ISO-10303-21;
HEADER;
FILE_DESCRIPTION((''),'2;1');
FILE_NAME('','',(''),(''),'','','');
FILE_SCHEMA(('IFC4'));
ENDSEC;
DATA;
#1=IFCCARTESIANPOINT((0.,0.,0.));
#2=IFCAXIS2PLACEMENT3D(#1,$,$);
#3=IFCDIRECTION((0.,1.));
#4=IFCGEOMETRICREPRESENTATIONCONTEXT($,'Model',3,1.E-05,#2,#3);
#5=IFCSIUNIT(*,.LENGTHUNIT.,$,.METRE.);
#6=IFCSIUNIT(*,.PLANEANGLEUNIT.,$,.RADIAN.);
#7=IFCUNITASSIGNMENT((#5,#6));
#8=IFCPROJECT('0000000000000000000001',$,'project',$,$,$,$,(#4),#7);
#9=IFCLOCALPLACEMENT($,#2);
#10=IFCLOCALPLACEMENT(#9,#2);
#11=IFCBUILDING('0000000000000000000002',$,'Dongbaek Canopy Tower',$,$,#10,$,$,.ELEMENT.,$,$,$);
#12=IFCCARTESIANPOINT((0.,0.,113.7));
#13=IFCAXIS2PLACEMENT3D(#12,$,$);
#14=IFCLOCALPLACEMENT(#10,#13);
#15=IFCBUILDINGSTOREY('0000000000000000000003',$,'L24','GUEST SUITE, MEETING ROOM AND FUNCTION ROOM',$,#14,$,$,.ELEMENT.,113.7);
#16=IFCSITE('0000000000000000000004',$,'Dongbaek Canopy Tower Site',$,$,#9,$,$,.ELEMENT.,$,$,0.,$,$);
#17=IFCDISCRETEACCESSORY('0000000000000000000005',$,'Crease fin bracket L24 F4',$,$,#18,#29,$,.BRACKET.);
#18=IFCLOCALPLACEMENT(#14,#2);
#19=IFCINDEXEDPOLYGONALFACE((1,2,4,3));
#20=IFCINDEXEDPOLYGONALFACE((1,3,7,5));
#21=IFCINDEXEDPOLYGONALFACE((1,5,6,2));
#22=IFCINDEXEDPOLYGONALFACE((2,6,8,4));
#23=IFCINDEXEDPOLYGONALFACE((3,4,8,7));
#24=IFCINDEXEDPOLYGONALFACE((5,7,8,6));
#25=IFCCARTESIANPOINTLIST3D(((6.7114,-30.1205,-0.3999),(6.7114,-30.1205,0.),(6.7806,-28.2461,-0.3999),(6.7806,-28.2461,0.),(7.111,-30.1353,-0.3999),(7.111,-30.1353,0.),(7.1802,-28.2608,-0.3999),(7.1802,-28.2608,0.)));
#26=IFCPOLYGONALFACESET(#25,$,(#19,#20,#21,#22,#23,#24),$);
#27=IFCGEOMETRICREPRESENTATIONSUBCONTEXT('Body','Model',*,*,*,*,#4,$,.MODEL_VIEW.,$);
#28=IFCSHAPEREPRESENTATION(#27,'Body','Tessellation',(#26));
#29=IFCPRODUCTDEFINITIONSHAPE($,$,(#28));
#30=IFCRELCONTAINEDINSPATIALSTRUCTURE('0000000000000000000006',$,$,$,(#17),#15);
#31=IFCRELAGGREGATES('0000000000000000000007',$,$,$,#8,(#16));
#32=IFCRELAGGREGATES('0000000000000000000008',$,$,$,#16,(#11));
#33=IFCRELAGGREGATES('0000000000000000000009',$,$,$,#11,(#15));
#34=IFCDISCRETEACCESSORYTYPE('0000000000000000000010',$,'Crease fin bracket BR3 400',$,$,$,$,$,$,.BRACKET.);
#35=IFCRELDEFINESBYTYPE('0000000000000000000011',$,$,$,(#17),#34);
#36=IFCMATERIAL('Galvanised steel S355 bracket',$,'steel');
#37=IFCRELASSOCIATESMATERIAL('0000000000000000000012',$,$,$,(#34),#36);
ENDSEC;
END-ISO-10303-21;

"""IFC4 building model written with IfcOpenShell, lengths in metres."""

from ifc_helpers import new_model, si_unit, direction, frame, origin, origin_2d, place, context, subcontext, project, spatial, rectangle, extrude, material, type_object, element, save


model = new_model("IFC4")

# Units and contexts
model_context = context("Model", 3, precision=1e-05, world=origin(), true_north=direction((0.0, 1.0)))
body_context = subcontext(model_context, "Body", "Model", "MODEL_VIEW")
ifc_project = project(units=[si_unit("LENGTHUNIT", "METRE"), si_unit("PLANEANGLEUNIT", "RADIAN")], contexts=[model_context])

# Site, building, storey
site_placement = place(None, origin())
site = spatial("IfcSite", under=ifc_project, at=site_placement, Name="Dongbaek Canopy Tower Site", CompositionType="ELEMENT", RefElevation=0.0)
building_placement = place(site_placement, origin())
building = spatial("IfcBuilding", under=site, at=building_placement, Name="Dongbaek Canopy Tower", CompositionType="ELEMENT")
storey_placement = place(building_placement, frame((0.0, 0.0, 113.7)))
storey = spatial("IfcBuildingStorey", under=building, at=storey_placement, Name="L24", Description="GUEST SUITE, MEETING ROOM AND FUNCTION ROOM", CompositionType="ELEMENT", Elevation=113.7)

# Discrete accessory
ifc_material_1 = material(Name="Galvanised steel S355 bracket", Category="steel")
discrete_accessory_type = type_object("IfcDiscreteAccessoryType", Name="Crease fin bracket BR3 400", PredefinedType="BRACKET", material=ifc_material_1)
discrete_accessory_placement = place(storey_placement, frame((6.9458, -29.1907, -0.3999), z_axis=(0.0, 0.0, 1.0), x_axis=(-0.036872, -0.99932, 0.0)))
element("IfcDiscreteAccessory", 1, at=discrete_accessory_placement, inside=storey, type_object=discrete_accessory_type, Name="Crease fin bracket L24 F4", PredefinedType="BRACKET", context=body_context, shape_type="SweptSolid", body=[
    extrude(rectangle(XDim=1.8757, YDim=0.3999, at=origin_2d()), origin(), (0.0, 0.0, 1.0), 0.3999),
])

save(model, "model.ifc")
